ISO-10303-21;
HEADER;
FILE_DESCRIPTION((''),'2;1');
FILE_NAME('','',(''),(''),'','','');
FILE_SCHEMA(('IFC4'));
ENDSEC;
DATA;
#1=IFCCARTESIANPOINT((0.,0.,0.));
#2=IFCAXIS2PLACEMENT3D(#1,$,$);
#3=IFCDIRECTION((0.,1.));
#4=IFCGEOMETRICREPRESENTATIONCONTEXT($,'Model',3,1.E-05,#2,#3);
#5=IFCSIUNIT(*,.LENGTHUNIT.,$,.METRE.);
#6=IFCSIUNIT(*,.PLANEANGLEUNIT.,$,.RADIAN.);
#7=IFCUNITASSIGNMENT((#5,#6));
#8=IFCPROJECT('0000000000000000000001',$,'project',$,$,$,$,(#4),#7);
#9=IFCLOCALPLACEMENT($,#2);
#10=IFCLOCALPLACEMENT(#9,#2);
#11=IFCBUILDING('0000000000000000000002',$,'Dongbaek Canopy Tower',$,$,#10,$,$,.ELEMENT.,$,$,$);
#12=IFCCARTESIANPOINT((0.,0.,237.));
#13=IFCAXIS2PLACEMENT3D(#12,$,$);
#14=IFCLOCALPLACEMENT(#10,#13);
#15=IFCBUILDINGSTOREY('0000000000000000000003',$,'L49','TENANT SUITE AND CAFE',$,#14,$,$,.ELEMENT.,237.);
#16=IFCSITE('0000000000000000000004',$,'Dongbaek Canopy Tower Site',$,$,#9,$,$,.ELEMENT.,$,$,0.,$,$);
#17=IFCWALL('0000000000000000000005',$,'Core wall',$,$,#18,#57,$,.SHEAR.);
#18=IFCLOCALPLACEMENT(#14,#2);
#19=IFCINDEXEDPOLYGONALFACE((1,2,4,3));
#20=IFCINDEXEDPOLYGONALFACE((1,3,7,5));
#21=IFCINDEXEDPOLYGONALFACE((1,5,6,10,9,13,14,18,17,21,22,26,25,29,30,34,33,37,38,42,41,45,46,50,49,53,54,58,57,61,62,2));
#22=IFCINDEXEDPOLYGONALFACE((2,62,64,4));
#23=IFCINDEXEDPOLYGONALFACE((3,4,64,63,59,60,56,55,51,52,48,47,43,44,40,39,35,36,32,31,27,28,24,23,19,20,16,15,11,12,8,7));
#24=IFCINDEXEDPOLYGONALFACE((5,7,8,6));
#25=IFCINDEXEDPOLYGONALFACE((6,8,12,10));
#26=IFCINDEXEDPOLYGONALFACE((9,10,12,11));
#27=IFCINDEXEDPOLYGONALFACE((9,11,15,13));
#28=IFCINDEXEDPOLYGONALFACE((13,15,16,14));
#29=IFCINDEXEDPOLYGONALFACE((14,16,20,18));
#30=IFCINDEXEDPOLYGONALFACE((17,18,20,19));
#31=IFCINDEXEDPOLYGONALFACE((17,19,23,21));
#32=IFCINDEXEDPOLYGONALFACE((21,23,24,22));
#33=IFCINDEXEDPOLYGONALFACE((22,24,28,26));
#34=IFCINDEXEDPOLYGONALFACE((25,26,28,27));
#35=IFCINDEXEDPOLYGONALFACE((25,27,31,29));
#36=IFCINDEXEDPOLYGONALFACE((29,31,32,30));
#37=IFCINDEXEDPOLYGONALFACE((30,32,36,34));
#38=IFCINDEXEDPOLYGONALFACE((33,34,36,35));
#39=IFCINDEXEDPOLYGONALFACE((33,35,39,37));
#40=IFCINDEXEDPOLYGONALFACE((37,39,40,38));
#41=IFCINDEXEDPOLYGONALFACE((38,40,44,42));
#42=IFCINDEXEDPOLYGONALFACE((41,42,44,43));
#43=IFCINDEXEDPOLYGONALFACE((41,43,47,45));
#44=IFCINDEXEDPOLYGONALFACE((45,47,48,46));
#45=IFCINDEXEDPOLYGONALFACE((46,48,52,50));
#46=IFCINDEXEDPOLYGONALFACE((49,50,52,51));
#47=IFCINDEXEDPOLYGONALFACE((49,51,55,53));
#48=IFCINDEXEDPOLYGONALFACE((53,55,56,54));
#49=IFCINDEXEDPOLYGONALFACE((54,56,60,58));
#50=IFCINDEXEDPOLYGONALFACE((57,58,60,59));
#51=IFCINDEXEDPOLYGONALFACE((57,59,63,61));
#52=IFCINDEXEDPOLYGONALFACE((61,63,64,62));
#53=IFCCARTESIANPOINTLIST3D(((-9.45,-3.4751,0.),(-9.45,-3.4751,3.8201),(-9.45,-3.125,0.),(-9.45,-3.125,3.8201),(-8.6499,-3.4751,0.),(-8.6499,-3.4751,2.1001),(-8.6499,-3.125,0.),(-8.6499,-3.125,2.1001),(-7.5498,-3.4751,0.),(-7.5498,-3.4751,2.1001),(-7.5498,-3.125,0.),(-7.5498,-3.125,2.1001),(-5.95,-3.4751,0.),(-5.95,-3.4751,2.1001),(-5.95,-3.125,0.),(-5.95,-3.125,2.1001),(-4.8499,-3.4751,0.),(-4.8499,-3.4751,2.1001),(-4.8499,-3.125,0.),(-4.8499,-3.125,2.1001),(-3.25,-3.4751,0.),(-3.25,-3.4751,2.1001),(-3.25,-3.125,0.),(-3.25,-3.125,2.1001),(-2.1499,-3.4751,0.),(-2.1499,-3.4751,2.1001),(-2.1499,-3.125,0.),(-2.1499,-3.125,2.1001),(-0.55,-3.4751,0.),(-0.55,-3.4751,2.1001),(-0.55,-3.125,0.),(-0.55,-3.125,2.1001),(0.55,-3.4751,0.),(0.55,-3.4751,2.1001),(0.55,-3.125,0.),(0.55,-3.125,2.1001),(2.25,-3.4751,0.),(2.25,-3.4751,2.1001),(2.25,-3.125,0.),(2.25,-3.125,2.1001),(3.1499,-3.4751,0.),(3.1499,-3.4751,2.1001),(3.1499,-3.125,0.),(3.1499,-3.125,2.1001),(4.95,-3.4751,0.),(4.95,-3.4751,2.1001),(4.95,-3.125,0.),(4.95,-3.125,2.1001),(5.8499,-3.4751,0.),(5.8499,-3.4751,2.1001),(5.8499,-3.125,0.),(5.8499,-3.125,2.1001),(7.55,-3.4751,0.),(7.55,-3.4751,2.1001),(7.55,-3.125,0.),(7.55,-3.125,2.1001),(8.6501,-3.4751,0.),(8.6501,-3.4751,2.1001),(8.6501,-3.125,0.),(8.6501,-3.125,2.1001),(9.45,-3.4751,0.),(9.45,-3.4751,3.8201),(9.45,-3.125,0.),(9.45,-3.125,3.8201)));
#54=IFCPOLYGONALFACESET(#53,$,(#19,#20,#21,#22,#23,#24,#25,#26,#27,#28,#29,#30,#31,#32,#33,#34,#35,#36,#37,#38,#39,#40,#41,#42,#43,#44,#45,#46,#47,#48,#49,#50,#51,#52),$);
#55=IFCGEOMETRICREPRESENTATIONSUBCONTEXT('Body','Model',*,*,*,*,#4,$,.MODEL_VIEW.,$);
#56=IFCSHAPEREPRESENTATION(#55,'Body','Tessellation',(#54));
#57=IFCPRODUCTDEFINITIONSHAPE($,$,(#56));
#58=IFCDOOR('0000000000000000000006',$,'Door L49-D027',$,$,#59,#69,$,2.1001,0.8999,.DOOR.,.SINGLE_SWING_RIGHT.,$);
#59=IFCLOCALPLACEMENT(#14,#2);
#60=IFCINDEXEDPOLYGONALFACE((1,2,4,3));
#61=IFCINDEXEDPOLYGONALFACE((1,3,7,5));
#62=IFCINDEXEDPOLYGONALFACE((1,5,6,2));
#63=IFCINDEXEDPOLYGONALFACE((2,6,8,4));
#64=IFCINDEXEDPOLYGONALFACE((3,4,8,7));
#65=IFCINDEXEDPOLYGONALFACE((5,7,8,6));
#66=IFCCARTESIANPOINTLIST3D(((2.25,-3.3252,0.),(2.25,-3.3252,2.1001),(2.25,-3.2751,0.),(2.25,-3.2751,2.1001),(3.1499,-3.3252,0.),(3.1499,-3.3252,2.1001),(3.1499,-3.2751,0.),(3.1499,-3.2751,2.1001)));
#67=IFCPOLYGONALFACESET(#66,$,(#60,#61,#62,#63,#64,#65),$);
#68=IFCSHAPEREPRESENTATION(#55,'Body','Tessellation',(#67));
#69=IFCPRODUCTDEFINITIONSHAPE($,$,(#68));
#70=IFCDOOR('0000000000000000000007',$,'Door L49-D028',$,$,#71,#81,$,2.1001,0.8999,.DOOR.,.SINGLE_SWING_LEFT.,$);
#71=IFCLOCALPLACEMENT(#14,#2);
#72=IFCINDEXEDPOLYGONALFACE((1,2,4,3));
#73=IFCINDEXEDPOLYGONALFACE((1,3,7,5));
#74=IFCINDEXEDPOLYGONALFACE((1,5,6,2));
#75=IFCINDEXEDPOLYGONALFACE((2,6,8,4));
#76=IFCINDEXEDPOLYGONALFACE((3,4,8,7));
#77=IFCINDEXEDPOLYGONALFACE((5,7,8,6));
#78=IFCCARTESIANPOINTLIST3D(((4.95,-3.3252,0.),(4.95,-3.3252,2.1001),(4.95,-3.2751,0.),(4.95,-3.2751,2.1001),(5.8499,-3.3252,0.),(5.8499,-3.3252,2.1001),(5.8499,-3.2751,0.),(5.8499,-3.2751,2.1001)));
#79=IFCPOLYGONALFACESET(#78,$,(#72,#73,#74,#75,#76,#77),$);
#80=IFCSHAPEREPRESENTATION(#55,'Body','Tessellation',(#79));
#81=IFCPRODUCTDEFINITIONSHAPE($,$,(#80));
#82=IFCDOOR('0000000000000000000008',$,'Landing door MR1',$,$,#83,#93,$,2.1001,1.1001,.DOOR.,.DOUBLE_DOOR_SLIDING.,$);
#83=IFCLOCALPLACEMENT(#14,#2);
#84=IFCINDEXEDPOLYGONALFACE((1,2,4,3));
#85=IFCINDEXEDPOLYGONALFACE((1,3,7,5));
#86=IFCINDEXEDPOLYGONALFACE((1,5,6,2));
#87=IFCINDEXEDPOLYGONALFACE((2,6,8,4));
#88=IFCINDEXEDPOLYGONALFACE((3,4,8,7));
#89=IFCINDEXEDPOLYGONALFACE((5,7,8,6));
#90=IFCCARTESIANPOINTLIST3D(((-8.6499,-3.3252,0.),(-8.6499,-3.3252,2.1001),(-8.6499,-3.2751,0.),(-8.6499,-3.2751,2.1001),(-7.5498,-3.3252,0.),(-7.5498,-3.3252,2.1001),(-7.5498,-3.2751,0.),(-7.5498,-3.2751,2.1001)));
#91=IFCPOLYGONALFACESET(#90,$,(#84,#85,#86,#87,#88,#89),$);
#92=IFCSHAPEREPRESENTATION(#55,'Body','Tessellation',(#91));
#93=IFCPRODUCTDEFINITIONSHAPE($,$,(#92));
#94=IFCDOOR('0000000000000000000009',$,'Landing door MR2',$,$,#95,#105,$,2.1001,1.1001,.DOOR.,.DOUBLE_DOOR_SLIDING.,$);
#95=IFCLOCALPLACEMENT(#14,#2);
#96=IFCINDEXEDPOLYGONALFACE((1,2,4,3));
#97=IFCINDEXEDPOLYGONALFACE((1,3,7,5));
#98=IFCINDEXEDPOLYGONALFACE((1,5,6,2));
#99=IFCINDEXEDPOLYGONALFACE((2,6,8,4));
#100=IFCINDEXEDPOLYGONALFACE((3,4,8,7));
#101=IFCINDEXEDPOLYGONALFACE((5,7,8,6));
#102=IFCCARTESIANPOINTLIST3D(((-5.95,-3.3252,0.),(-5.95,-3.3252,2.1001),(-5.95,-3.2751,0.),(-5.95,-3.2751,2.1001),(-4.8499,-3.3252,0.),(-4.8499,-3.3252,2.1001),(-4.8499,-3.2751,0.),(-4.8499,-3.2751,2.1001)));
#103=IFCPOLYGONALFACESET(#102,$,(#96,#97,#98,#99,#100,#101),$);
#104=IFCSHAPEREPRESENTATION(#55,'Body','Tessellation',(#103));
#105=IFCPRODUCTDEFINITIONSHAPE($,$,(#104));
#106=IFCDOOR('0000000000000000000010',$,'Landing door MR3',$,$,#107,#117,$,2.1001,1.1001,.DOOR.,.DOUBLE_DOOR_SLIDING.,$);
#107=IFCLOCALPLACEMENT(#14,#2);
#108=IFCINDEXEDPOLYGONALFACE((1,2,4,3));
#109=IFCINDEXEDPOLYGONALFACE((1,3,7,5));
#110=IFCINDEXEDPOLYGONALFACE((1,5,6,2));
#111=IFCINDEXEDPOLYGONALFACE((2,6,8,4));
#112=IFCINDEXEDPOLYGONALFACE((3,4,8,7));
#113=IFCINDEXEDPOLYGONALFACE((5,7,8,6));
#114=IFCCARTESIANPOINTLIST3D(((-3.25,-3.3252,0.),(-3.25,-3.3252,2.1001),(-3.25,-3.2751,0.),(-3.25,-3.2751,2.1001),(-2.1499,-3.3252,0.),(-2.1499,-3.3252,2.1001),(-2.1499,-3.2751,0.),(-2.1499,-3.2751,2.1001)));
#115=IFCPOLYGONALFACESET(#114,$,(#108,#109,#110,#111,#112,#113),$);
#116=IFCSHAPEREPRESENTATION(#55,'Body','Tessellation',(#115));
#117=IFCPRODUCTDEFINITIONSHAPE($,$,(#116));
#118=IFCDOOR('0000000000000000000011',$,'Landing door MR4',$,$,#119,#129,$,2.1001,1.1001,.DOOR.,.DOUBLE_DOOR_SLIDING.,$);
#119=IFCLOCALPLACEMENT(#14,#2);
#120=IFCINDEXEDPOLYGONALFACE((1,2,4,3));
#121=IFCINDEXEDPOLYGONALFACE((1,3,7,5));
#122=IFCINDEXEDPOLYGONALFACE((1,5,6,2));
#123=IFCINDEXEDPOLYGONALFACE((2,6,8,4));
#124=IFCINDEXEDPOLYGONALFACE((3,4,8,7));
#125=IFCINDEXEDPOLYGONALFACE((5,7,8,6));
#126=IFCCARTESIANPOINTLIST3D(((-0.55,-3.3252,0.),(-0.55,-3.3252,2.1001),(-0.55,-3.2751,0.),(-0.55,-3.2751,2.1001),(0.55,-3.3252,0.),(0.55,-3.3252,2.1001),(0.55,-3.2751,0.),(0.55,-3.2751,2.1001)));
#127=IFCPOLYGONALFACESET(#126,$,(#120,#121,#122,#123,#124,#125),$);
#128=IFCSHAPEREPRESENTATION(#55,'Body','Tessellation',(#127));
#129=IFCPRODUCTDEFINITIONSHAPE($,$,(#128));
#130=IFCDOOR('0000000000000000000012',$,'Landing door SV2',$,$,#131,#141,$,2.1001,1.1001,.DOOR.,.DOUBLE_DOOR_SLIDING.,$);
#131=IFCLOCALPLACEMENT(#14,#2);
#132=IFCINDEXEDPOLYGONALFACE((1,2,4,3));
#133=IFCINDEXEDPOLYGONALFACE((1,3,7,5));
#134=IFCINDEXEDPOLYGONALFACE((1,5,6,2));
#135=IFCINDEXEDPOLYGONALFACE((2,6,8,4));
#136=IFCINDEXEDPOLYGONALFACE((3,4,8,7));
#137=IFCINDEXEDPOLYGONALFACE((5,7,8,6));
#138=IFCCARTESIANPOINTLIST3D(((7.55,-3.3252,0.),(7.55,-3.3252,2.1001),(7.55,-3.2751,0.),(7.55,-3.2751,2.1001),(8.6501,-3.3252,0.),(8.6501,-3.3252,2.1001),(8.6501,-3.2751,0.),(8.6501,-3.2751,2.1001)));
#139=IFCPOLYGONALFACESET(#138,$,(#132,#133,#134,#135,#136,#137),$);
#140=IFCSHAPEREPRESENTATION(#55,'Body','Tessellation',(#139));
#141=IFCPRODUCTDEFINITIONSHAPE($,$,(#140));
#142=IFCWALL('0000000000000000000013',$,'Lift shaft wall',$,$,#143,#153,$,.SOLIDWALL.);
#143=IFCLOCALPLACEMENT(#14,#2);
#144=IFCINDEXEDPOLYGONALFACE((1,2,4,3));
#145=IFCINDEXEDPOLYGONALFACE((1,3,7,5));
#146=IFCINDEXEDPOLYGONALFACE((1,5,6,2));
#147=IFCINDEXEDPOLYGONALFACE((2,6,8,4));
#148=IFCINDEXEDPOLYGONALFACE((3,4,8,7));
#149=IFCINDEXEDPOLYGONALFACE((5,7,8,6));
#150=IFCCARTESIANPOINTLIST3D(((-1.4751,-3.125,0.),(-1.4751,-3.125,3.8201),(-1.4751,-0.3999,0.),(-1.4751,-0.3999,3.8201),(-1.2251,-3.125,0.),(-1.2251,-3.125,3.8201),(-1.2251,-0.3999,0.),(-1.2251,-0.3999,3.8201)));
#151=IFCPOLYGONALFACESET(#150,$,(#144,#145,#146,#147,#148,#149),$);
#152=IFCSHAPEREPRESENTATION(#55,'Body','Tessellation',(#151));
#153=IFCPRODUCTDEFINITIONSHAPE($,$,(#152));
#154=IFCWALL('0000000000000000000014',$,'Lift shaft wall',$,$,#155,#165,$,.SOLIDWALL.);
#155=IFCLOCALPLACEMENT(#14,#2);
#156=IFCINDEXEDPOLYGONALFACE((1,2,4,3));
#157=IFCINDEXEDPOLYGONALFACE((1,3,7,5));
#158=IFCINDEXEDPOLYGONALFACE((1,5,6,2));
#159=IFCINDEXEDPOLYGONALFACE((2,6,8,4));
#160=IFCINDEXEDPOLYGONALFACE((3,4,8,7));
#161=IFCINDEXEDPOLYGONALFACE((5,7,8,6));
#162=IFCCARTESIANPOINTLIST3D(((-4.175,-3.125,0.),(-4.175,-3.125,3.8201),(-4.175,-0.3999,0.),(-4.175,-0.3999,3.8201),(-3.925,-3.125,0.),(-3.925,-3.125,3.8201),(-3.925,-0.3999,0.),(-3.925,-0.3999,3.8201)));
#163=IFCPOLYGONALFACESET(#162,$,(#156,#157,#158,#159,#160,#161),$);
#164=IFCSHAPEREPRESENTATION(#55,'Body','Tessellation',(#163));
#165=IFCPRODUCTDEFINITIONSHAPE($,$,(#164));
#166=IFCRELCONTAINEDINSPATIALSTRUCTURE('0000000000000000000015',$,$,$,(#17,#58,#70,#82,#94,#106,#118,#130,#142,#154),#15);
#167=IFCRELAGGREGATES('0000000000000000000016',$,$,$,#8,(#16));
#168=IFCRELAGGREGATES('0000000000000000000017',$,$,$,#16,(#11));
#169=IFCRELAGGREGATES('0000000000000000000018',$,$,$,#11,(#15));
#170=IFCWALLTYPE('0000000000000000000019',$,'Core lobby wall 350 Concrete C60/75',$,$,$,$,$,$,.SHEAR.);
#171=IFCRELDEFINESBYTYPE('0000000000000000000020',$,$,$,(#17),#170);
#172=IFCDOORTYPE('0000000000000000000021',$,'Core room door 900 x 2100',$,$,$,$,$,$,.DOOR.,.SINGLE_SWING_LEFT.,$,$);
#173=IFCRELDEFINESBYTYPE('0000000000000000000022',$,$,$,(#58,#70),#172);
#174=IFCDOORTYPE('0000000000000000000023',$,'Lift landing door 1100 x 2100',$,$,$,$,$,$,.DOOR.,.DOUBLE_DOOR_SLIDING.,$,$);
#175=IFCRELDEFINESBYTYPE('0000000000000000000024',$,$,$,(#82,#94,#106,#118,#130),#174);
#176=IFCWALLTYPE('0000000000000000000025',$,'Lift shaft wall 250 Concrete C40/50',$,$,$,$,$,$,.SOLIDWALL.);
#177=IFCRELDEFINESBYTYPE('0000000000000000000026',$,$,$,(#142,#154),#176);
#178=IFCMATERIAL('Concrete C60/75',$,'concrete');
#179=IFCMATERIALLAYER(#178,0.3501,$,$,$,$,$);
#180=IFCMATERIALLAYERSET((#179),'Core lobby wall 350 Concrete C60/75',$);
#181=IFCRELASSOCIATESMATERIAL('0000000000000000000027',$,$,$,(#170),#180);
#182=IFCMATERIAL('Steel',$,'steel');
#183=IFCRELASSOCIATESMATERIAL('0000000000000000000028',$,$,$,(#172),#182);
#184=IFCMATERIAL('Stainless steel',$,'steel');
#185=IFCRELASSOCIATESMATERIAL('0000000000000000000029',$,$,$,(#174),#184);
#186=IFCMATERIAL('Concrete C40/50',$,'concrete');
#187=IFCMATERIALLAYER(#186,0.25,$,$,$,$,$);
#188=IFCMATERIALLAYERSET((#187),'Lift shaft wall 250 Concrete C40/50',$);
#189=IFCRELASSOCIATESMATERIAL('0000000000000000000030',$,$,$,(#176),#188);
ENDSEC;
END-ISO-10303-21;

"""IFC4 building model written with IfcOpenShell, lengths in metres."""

from ifc_helpers import new_model, si_unit, direction, frame, frame_2d, origin, place, context, subcontext, project, spatial, rectangle, extrude, material, layer, layer_set, type_object, element, fill, save


model = new_model("IFC4")

# Units and contexts
model_context = context("Model", 3, precision=1e-05, world=origin(), true_north=direction((0.0, 1.0)))
body_context = subcontext(model_context, "Body", "Model", "MODEL_VIEW")
ifc_project = project(units=[si_unit("LENGTHUNIT", "METRE"), si_unit("PLANEANGLEUNIT", "RADIAN")], contexts=[model_context])

# Site, building, storey
site_placement = place(None, origin())
site = spatial("IfcSite", under=ifc_project, at=site_placement, Name="Dongbaek Canopy Tower Site", CompositionType="ELEMENT", RefElevation=0.0)
building_placement = place(site_placement, origin())
building = spatial("IfcBuilding", under=site, at=building_placement, Name="Dongbaek Canopy Tower", CompositionType="ELEMENT")
storey_placement = place(building_placement, frame((0.0, 0.0, 237.0)))
storey = spatial("IfcBuildingStorey", under=building, at=storey_placement, Name="L49", Description="TENANT SUITE AND CAFE", CompositionType="ELEMENT", Elevation=237.0)

# Wall, openings, doors
ifc_material_1 = material(Name="Concrete C60/75", Category="concrete")
ifc_layer_1 = layer(ifc_material_1, 0.3501)
ifc_layer_set_1 = layer_set([ifc_layer_1], Name="Core lobby wall 350 Concrete C60/75")
wall_type_1 = type_object("IfcWallType", Name="Core lobby wall 350 Concrete C60/75", PredefinedType="SHEAR", material=ifc_layer_set_1)
wall_1_placement = place(storey_placement, frame((-9.45, -3.3, 0.0), z_axis=(0.0, 0.0, 1.0), x_axis=(1.0, 0.0, 0.0)))
wall_1 = element("IfcWall", 1, at=wall_1_placement, inside=storey, type_object=wall_type_1, Name="Core wall", PredefinedType="SHEAR", context=body_context, shape_type="SweptSolid", body=[
    extrude(rectangle(XDim=18.8999, YDim=0.3501, at=frame_2d((9.45, 0.0))), origin(), (0.0, 0.0, 1.0), 3.8201),
])
opening_1_placement = place(wall_1_placement, frame((0.8, 0.0, 0.0)))
opening_1 = element("IfcOpeningElement", 2, at=opening_1_placement, cuts=wall_1, PredefinedType="OPENING", context=body_context, shape_type="SweptSolid", body=[
    extrude(rectangle(XDim=1.1001, YDim=2.1001, at=frame_2d((0.55, 1.05))), frame((0.0, 0.1851, 0.0), z_axis=(0.0, -1.0, 0.0), x_axis=(1.0, 0.0, 0.0)), (0.0, 0.0, 1.0), 0.3701),
])
opening_2_placement = place(wall_1_placement, frame((3.5, 0.0, 0.0)))
opening_2 = element("IfcOpeningElement", 3, at=opening_2_placement, cuts=wall_1, PredefinedType="OPENING", context=body_context, shape_type="SweptSolid", body=[
    extrude(rectangle(XDim=1.1001, YDim=2.1001, at=frame_2d((0.55, 1.05))), frame((0.0, 0.1851, 0.0), z_axis=(0.0, -1.0, 0.0), x_axis=(1.0, 0.0, 0.0)), (0.0, 0.0, 1.0), 0.3701),
])
opening_3_placement = place(wall_1_placement, frame((6.2, 0.0, 0.0)))
opening_3 = element("IfcOpeningElement", 4, at=opening_3_placement, cuts=wall_1, PredefinedType="OPENING", context=body_context, shape_type="SweptSolid", body=[
    extrude(rectangle(XDim=1.1001, YDim=2.1001, at=frame_2d((0.55, 1.05))), frame((0.0, 0.1851, 0.0), z_axis=(0.0, -1.0, 0.0), x_axis=(1.0, 0.0, 0.0)), (0.0, 0.0, 1.0), 0.3701),
])
opening_4_placement = place(wall_1_placement, frame((8.8999, 0.0, 0.0)))
opening_4 = element("IfcOpeningElement", 5, at=opening_4_placement, cuts=wall_1, PredefinedType="OPENING", context=body_context, shape_type="SweptSolid", body=[
    extrude(rectangle(XDim=1.1001, YDim=2.1001, at=frame_2d((0.55, 1.05))), frame((0.0, 0.1851, 0.0), z_axis=(0.0, -1.0, 0.0), x_axis=(1.0, 0.0, 0.0)), (0.0, 0.0, 1.0), 0.3701),
])
opening_5_placement = place(wall_1_placement, frame((17.0, 0.0, 0.0)))
opening_5 = element("IfcOpeningElement", 6, at=opening_5_placement, cuts=wall_1, PredefinedType="OPENING", context=body_context, shape_type="SweptSolid", body=[
    extrude(rectangle(XDim=1.1001, YDim=2.1001, at=frame_2d((0.55, 1.05))), frame((0.0, 0.1851, 0.0), z_axis=(0.0, -1.0, 0.0), x_axis=(1.0, 0.0, 0.0)), (0.0, 0.0, 1.0), 0.3701),
])
opening_6_placement = place(wall_1_placement, frame((11.7, 0.0, 0.0)))
opening_6 = element("IfcOpeningElement", 7, at=opening_6_placement, cuts=wall_1, PredefinedType="OPENING", context=body_context, shape_type="SweptSolid", body=[
    extrude(rectangle(XDim=0.8999, YDim=2.1001, at=frame_2d((0.45, 1.05))), frame((0.0, 0.1851, 0.0), z_axis=(0.0, -1.0, 0.0), x_axis=(1.0, 0.0, 0.0)), (0.0, 0.0, 1.0), 0.3701),
])
opening_7_placement = place(wall_1_placement, frame((14.3999, 0.0, 0.0)))
opening_7 = element("IfcOpeningElement", 8, at=opening_7_placement, cuts=wall_1, PredefinedType="OPENING", context=body_context, shape_type="SweptSolid", body=[
    extrude(rectangle(XDim=0.8999, YDim=2.1001, at=frame_2d((0.45, 1.05))), frame((0.0, 0.1851, 0.0), z_axis=(0.0, -1.0, 0.0), x_axis=(1.0, 0.0, 0.0)), (0.0, 0.0, 1.0), 0.3701),
])
ifc_material_2 = material(Name="Steel", Category="steel")
door_type_1 = type_object("IfcDoorType", Name="Core room door 900 x 2100", OperationType="SINGLE_SWING_LEFT", PredefinedType="DOOR", material=ifc_material_2)
door_1_placement = place(opening_6_placement, origin())
door_1 = element("IfcDoor", 9, at=door_1_placement, inside=storey, type_object=door_type_1, Name="Door L49-D027", OperationType="SINGLE_SWING_RIGHT", OverallHeight=2.1001, OverallWidth=0.8999, PredefinedType="DOOR", context=body_context, shape_type="SweptSolid", body=[
    extrude(rectangle(XDim=0.8999, YDim=2.1001, at=frame_2d((0.45, 1.05))), frame((0.0, 0.0249, 0.0), z_axis=(0.0, -1.0, 0.0), x_axis=(1.0, 0.0, 0.0)), (0.0, 0.0, 1.0), 0.05),
])
fill(opening_6, door_1)
door_2_placement = place(opening_7_placement, origin())
door_2 = element("IfcDoor", 10, at=door_2_placement, inside=storey, type_object=door_type_1, Name="Door L49-D028", OperationType="SINGLE_SWING_LEFT", OverallHeight=2.1001, OverallWidth=0.8999, PredefinedType="DOOR", context=body_context, shape_type="SweptSolid", body=[
    extrude(rectangle(XDim=0.8999, YDim=2.1001, at=frame_2d((0.45, 1.05))), frame((0.0, 0.0249, 0.0), z_axis=(0.0, -1.0, 0.0), x_axis=(1.0, 0.0, 0.0)), (0.0, 0.0, 1.0), 0.05),
])
fill(opening_7, door_2)
ifc_material_3 = material(Name="Stainless steel", Category="steel")
door_type_2 = type_object("IfcDoorType", Name="Lift landing door 1100 x 2100", OperationType="DOUBLE_DOOR_SLIDING", PredefinedType="DOOR", material=ifc_material_3)
door_3_placement = place(opening_1_placement, origin())
door_3 = element("IfcDoor", 11, at=door_3_placement, inside=storey, type_object=door_type_2, Name="Landing door MR1", OperationType="DOUBLE_DOOR_SLIDING", OverallHeight=2.1001, OverallWidth=1.1001, PredefinedType="DOOR", context=body_context, shape_type="SweptSolid", body=[
    extrude(rectangle(XDim=1.1001, YDim=2.1001, at=frame_2d((0.55, 1.05))), frame((0.0, 0.0249, 0.0), z_axis=(0.0, -1.0, 0.0), x_axis=(1.0, 0.0, 0.0)), (0.0, 0.0, 1.0), 0.05),
])
fill(opening_1, door_3)
door_4_placement = place(opening_2_placement, origin())
door_4 = element("IfcDoor", 12, at=door_4_placement, inside=storey, type_object=door_type_2, Name="Landing door MR2", OperationType="DOUBLE_DOOR_SLIDING", OverallHeight=2.1001, OverallWidth=1.1001, PredefinedType="DOOR", context=body_context, shape_type="SweptSolid", body=[
    extrude(rectangle(XDim=1.1001, YDim=2.1001, at=frame_2d((0.55, 1.05))), frame((0.0, 0.0249, 0.0), z_axis=(0.0, -1.0, 0.0), x_axis=(1.0, 0.0, 0.0)), (0.0, 0.0, 1.0), 0.05),
])
fill(opening_2, door_4)
door_5_placement = place(opening_3_placement, origin())
door_5 = element("IfcDoor", 13, at=door_5_placement, inside=storey, type_object=door_type_2, Name="Landing door MR3", OperationType="DOUBLE_DOOR_SLIDING", OverallHeight=2.1001, OverallWidth=1.1001, PredefinedType="DOOR", context=body_context, shape_type="SweptSolid", body=[
    extrude(rectangle(XDim=1.1001, YDim=2.1001, at=frame_2d((0.55, 1.05))), frame((0.0, 0.0249, 0.0), z_axis=(0.0, -1.0, 0.0), x_axis=(1.0, 0.0, 0.0)), (0.0, 0.0, 1.0), 0.05),
])
fill(opening_3, door_5)
door_6_placement = place(opening_4_placement, origin())
door_6 = element("IfcDoor", 14, at=door_6_placement, inside=storey, type_object=door_type_2, Name="Landing door MR4", OperationType="DOUBLE_DOOR_SLIDING", OverallHeight=2.1001, OverallWidth=1.1001, PredefinedType="DOOR", context=body_context, shape_type="SweptSolid", body=[
    extrude(rectangle(XDim=1.1001, YDim=2.1001, at=frame_2d((0.55, 1.05))), frame((0.0, 0.0249, 0.0), z_axis=(0.0, -1.0, 0.0), x_axis=(1.0, 0.0, 0.0)), (0.0, 0.0, 1.0), 0.05),
])
fill(opening_4, door_6)
door_7_placement = place(opening_5_placement, origin())
door_7 = element("IfcDoor", 15, at=door_7_placement, inside=storey, type_object=door_type_2, Name="Landing door SV2", OperationType="DOUBLE_DOOR_SLIDING", OverallHeight=2.1001, OverallWidth=1.1001, PredefinedType="DOOR", context=body_context, shape_type="SweptSolid", body=[
    extrude(rectangle(XDim=1.1001, YDim=2.1001, at=frame_2d((0.55, 1.05))), frame((0.0, 0.0249, 0.0), z_axis=(0.0, -1.0, 0.0), x_axis=(1.0, 0.0, 0.0)), (0.0, 0.0, 1.0), 0.05),
])
fill(opening_5, door_7)

# Walls
ifc_material_4 = material(Name="Concrete C40/50", Category="concrete")
ifc_layer_2 = layer(ifc_material_4, 0.25)
ifc_layer_set_2 = layer_set([ifc_layer_2], Name="Lift shaft wall 250 Concrete C40/50")
wall_type_2 = type_object("IfcWallType", Name="Lift shaft wall 250 Concrete C40/50", PredefinedType="SOLIDWALL", material=ifc_layer_set_2)
for number, where, z_axis, x_axis, name in (
    (16, (-1.3501, -3.125, 0.0), (0.0, 0.0, 1.0), (0.0, 1.0, 0.0), "Lift shaft wall"),
    (17, (-4.05, -3.125, 0.0), (0.0, 0.0, 1.0), (0.0, 1.0, 0.0), "Lift shaft wall"),
):
    element("IfcWall", number, at=place(storey_placement, frame(where, z_axis=z_axis, x_axis=x_axis)), inside=storey, type_object=wall_type_2, Name=name, PredefinedType="SOLIDWALL", context=body_context, shape_type="SweptSolid", body=[
        extrude(rectangle(XDim=2.7251, YDim=0.25, at=frame_2d((1.3625, 0.0))), origin(), (0.0, 0.0, 1.0), 3.8201),
    ])

save(model, "model.ifc")
